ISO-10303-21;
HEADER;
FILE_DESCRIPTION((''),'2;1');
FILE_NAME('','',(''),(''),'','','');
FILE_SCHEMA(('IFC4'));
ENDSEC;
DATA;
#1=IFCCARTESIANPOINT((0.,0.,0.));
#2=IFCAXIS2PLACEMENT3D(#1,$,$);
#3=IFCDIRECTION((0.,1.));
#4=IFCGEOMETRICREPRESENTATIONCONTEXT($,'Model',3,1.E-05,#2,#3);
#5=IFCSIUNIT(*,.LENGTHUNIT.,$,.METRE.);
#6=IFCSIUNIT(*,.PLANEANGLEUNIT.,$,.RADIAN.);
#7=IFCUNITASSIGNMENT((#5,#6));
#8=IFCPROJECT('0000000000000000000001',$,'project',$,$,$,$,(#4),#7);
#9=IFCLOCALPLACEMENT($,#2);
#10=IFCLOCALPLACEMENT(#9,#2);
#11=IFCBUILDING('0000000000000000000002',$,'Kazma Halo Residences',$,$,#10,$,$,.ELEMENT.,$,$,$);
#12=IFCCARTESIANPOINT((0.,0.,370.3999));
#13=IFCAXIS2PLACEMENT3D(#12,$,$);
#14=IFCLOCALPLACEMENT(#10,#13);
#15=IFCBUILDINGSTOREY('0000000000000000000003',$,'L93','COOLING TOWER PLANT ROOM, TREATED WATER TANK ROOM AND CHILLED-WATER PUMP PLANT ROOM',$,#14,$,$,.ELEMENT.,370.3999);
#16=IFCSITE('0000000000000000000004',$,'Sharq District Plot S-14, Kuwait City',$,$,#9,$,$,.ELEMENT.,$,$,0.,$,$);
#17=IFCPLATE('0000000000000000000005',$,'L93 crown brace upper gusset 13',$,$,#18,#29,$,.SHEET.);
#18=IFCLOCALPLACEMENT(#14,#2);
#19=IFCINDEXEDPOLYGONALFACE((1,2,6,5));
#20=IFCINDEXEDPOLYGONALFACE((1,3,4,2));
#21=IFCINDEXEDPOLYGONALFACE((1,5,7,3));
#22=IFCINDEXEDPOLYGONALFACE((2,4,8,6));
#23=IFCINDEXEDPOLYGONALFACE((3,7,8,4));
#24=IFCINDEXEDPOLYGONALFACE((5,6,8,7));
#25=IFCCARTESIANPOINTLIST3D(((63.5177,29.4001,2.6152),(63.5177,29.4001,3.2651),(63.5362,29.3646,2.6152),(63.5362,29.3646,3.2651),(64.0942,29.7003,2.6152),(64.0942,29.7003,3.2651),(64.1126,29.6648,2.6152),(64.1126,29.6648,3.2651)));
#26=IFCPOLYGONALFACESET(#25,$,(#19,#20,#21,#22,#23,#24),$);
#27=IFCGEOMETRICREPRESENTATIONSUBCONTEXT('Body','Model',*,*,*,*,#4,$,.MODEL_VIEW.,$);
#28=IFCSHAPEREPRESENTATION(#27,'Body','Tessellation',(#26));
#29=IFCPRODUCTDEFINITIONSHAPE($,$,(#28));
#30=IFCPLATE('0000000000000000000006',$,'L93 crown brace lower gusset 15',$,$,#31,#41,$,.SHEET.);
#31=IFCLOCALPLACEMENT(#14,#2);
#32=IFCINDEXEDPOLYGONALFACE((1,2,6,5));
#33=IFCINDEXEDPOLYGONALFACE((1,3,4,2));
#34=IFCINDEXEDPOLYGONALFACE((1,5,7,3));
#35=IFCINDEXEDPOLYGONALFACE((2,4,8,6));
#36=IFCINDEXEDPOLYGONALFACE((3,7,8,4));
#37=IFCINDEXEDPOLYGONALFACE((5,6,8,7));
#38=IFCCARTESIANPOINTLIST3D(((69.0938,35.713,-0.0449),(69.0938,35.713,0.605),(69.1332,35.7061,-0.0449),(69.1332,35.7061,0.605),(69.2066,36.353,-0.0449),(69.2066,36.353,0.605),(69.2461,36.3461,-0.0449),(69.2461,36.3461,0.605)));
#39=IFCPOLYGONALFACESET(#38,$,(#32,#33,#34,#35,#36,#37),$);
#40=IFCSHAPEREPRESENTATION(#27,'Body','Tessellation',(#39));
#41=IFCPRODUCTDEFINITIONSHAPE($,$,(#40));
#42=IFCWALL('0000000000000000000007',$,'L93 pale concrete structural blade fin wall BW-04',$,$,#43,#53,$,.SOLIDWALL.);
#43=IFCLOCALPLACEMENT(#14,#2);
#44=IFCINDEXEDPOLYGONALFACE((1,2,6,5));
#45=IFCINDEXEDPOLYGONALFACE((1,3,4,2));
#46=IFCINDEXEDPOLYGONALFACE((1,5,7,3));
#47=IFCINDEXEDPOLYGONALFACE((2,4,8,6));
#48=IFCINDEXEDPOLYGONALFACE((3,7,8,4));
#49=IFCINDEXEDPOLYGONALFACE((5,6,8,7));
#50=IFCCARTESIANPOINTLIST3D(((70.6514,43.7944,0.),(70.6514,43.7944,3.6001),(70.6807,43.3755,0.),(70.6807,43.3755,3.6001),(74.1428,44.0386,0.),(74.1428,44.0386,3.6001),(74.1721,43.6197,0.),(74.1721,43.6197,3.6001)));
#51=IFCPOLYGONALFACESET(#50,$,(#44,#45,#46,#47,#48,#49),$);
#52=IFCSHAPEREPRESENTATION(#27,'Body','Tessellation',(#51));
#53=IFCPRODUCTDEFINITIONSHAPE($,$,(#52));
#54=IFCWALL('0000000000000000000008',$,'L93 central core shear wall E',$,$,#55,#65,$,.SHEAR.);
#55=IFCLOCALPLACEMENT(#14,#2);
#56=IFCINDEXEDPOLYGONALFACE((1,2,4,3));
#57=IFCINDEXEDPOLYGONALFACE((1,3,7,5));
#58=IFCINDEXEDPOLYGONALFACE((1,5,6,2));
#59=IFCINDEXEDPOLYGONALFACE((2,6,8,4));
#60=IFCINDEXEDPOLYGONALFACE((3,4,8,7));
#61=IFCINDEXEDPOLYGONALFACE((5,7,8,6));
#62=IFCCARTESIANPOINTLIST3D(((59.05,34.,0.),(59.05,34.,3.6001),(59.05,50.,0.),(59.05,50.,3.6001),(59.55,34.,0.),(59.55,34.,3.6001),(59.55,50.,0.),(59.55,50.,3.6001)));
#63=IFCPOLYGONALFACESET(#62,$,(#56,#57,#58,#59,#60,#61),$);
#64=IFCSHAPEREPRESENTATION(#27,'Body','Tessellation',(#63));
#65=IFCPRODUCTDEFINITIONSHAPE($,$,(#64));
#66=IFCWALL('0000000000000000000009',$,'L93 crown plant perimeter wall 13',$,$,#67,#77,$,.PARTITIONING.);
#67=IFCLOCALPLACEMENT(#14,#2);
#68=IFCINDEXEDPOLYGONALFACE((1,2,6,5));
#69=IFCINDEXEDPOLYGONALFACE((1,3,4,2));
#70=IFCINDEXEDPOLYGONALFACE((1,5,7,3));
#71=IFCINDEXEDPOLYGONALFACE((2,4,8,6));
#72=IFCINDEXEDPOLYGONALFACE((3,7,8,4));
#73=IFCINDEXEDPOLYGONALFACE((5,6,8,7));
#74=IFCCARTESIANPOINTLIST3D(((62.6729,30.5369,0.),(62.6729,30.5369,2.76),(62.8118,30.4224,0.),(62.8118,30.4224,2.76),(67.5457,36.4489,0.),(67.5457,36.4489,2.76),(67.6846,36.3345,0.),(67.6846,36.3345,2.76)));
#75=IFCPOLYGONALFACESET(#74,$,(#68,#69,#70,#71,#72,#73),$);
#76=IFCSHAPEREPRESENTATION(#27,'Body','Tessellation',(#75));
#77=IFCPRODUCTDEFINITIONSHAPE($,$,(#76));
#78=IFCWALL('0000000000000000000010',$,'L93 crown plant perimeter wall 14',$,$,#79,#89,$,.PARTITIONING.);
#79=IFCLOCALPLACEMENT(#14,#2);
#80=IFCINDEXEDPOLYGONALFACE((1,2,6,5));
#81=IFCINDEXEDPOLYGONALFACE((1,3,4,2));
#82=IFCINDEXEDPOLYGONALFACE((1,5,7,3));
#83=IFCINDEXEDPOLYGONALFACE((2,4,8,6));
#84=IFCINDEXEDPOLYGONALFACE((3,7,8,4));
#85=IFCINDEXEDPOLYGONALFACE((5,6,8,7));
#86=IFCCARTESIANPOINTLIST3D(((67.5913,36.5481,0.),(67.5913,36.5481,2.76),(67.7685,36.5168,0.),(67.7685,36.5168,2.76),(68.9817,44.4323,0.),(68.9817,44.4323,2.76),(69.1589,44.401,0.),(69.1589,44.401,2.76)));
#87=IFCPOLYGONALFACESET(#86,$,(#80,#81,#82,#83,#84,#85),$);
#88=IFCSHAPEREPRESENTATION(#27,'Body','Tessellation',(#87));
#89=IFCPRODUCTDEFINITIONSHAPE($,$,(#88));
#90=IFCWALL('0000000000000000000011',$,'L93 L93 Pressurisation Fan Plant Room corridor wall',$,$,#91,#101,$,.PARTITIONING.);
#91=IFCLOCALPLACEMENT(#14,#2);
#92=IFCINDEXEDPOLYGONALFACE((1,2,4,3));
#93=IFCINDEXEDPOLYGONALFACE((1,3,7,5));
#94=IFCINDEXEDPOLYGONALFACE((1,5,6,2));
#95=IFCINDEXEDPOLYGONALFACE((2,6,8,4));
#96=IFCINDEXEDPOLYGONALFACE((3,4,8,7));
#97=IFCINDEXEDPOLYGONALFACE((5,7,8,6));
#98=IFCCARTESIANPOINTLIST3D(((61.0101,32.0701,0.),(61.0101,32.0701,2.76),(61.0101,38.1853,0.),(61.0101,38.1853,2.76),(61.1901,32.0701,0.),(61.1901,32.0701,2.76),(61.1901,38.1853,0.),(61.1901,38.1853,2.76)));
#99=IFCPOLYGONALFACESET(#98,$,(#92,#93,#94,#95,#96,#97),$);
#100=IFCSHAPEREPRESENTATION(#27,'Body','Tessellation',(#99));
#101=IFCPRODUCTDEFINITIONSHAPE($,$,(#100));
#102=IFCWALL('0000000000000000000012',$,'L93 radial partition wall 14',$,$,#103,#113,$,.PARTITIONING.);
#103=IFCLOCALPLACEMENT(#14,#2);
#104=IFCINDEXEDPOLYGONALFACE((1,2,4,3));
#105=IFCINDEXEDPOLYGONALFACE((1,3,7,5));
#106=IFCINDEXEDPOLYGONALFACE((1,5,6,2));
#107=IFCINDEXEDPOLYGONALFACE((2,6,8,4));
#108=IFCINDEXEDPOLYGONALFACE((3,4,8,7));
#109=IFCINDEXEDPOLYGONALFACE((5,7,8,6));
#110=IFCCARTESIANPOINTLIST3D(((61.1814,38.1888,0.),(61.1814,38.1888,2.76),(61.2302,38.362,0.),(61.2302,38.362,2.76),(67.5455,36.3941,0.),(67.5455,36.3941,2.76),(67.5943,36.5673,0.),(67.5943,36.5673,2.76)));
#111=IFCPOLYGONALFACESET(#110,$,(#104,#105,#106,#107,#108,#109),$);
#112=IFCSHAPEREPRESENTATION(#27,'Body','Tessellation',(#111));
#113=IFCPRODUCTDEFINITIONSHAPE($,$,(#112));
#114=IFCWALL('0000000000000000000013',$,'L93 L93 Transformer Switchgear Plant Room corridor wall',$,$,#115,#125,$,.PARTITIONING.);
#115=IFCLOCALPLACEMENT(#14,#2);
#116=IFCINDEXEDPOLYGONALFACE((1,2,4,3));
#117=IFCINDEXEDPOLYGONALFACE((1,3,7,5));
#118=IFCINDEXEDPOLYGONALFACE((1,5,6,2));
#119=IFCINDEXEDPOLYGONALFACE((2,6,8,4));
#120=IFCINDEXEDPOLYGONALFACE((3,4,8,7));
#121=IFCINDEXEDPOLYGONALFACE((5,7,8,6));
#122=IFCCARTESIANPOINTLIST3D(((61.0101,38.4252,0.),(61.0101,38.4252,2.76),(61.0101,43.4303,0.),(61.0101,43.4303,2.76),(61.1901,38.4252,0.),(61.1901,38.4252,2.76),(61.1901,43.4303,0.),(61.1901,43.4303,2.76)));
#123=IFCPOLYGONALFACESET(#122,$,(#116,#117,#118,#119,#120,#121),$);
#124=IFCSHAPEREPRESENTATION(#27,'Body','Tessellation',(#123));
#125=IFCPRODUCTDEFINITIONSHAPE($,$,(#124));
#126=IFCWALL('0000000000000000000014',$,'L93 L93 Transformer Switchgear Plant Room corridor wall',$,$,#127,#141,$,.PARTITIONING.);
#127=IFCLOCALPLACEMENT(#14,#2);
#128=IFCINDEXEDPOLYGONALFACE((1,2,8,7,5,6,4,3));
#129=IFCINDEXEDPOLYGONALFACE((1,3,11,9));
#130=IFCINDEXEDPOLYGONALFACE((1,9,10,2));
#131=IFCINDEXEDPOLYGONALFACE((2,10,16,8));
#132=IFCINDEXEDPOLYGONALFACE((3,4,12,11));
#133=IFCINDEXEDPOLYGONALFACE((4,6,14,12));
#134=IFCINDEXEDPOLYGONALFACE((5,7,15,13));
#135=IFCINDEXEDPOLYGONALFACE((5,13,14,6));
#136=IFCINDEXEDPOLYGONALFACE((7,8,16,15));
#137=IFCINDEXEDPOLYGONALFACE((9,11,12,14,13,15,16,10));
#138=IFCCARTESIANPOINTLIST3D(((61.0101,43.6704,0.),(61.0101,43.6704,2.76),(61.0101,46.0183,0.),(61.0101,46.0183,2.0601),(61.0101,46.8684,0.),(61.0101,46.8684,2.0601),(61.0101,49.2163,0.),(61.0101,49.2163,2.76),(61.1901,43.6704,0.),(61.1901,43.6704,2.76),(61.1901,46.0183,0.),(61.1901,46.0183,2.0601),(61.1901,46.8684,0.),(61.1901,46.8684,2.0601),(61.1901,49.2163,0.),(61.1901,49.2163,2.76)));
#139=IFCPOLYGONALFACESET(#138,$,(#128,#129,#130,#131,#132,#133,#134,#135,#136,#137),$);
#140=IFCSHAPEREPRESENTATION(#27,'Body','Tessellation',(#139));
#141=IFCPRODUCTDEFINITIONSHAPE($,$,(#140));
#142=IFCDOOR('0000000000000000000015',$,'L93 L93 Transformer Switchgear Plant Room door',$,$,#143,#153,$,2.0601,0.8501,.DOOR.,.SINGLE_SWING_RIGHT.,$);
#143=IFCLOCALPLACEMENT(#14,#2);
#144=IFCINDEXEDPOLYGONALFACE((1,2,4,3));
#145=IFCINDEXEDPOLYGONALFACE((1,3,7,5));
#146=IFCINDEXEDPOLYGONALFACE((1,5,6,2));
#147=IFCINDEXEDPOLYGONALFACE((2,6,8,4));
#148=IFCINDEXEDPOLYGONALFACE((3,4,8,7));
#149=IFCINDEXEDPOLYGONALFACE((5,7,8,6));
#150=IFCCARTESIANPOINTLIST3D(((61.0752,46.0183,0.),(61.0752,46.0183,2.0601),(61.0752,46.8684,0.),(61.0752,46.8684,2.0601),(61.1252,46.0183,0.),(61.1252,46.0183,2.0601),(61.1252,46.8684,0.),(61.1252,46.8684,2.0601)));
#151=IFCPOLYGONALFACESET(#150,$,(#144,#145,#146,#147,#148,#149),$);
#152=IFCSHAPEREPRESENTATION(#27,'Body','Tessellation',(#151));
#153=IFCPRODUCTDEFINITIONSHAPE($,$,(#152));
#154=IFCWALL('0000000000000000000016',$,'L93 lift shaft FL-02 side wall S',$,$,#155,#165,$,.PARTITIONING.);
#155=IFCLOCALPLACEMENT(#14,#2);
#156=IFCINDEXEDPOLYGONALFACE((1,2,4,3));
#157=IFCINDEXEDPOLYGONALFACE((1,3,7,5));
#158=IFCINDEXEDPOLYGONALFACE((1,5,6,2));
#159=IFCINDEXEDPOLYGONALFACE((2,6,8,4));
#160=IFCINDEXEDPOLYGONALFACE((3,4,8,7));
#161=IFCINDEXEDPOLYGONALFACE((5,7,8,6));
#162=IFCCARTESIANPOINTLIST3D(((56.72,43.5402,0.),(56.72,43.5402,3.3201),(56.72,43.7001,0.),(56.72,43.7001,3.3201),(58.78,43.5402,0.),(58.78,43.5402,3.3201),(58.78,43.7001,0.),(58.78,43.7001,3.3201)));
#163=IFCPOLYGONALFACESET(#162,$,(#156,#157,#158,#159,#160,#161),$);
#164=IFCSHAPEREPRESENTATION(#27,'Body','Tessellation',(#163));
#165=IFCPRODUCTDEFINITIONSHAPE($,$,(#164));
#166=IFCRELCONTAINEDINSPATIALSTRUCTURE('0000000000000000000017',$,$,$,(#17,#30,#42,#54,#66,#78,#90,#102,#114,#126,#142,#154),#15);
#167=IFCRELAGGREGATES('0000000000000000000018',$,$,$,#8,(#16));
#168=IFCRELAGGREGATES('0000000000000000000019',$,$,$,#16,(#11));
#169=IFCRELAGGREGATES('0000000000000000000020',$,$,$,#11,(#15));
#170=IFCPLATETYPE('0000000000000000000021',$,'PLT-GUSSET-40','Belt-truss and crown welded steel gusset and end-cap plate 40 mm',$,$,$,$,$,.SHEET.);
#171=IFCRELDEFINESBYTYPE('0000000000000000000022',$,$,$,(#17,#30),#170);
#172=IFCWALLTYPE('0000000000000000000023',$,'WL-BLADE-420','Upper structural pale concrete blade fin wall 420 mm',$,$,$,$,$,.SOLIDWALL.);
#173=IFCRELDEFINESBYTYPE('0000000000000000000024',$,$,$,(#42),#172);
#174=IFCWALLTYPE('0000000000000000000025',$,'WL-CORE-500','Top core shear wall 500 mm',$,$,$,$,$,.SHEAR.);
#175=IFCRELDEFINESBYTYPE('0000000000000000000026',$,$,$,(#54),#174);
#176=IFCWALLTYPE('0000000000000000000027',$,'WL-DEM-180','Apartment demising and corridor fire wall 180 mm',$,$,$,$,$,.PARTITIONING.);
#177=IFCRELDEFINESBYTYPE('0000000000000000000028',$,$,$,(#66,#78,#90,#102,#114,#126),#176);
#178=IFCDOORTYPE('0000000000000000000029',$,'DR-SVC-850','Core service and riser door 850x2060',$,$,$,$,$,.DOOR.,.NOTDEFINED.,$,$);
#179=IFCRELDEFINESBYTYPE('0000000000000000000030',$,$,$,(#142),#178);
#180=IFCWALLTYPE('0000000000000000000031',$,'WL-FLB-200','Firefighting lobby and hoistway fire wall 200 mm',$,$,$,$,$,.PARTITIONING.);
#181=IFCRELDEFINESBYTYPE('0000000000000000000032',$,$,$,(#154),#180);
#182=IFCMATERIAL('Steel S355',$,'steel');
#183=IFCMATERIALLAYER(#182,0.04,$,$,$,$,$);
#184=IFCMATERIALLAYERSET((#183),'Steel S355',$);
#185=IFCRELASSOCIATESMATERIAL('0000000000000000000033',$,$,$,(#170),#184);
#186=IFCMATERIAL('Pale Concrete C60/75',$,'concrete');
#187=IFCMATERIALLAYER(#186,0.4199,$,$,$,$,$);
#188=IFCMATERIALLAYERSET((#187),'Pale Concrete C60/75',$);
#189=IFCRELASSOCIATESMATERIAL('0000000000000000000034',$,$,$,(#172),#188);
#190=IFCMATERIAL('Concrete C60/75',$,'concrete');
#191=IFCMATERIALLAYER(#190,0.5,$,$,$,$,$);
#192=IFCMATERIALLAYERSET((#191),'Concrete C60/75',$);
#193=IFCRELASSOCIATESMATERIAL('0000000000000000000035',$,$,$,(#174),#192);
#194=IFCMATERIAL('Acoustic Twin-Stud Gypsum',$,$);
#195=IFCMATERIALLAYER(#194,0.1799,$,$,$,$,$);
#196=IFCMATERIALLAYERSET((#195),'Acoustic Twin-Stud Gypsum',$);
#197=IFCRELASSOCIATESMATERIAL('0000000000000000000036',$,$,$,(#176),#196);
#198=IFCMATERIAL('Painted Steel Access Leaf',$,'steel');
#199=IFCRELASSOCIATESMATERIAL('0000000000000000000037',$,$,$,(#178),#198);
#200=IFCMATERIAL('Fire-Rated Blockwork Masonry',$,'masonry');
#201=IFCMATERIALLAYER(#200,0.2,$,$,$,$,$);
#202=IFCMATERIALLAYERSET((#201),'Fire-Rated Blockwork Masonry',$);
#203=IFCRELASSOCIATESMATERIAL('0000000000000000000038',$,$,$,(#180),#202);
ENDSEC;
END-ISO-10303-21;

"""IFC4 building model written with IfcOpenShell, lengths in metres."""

from ifc_helpers import new_model, si_unit, direction, frame, frame_2d, origin, origin_2d, place, context, subcontext, project, spatial, rectangle, extrude, material, layer, layer_set, type_object, element, fill, save


model = new_model("IFC4")

# Units and contexts
model_context = context("Model", 3, precision=1e-05, world=origin(), true_north=direction((0.0, 1.0)))
body_context = subcontext(model_context, "Body", "Model", "MODEL_VIEW")
ifc_project = project(units=[si_unit("LENGTHUNIT", "METRE"), si_unit("PLANEANGLEUNIT", "RADIAN")], contexts=[model_context])

# Site, building, storey
site_placement = place(None, origin())
site = spatial("IfcSite", under=ifc_project, at=site_placement, Name="Sharq District Plot S-14, Kuwait City", CompositionType="ELEMENT", RefElevation=0.0)
building_placement = place(site_placement, origin())
building = spatial("IfcBuilding", under=site, at=building_placement, Name="Kazma Halo Residences", CompositionType="ELEMENT")
storey_placement = place(building_placement, frame((0.0, 0.0, 370.3999)))
storey = spatial("IfcBuildingStorey", under=building, at=storey_placement, Name="L93", Description="COOLING TOWER PLANT ROOM, TREATED WATER TANK ROOM AND CHILLED-WATER PUMP PLANT ROOM", CompositionType="ELEMENT", Elevation=370.3999)

# Shared definitions
ifc_material_1 = material(Name="Steel S355", Category="steel")

# Plates
ifc_layer_1 = layer(ifc_material_1, 0.04)
ifc_layer_set_1 = layer_set([ifc_layer_1], Name="Steel S355")
plate_type_1 = type_object("IfcPlateType", Name="PLT-GUSSET-40", Description="Belt-truss and crown welded steel gusset and end-cap plate 40 mm", PredefinedType="SHEET", material=ifc_layer_set_1)
for number, where, z_axis, x_axis, name in (
    (1, (63.8152, 29.5325, 2.6152), (0.0, 0.0, 1.0), (0.88695, 0.461866, 0.0), "L93 crown brace upper gusset 13"),
    (2, (69.1699, 36.0295, -0.0449), (0.0, 0.0, 1.0), (0.173656, 0.984806, 0.0), "L93 crown brace lower gusset 15"),
):
    element("IfcPlate", number, at=place(storey_placement, frame(where, z_axis=z_axis, x_axis=x_axis)), inside=storey, type_object=plate_type_1, Name=name, PredefinedType="SHEET", context=body_context, shape_type="SweptSolid", body=[
        extrude(rectangle(XDim=0.6499, YDim=0.04, at=origin_2d()), origin(), (0.0, 0.0, 1.0), 0.6499),
    ])

# Walls
ifc_material_2 = material(Name="Pale Concrete C60/75", Category="concrete")
ifc_layer_2 = layer(ifc_material_2, 0.4199)
ifc_layer_set_2 = layer_set([ifc_layer_2], Name="Pale Concrete C60/75")
wall_type_1 = type_object("IfcWallType", Name="WL-BLADE-420", Description="Upper structural pale concrete blade fin wall 420 mm", PredefinedType="SOLIDWALL", material=ifc_layer_set_2)
wall_1_placement = place(storey_placement, frame((70.666, 43.585, 0.0), z_axis=(0.0, 0.0, 1.0), x_axis=(0.997564, 0.069755, 0.0)))
element("IfcWall", 3, at=wall_1_placement, inside=storey, type_object=wall_type_1, Name="L93 pale concrete structural blade fin wall BW-04", PredefinedType="SOLIDWALL", context=body_context, shape_type="SweptSolid", body=[
    extrude(rectangle(XDim=3.5, YDim=0.4199, at=frame_2d((1.75, 0.0))), origin(), (0.0, 0.0, 1.0), 3.6001),
])
ifc_material_3 = material(Name="Concrete C60/75", Category="concrete")
ifc_layer_3 = layer(ifc_material_3, 0.5)
ifc_layer_set_3 = layer_set([ifc_layer_3], Name="Concrete C60/75")
wall_type_2 = type_object("IfcWallType", Name="WL-CORE-500", Description="Top core shear wall 500 mm", PredefinedType="SHEAR", material=ifc_layer_set_3)
wall_2_placement = place(storey_placement, frame((59.3, 34.0, 0.0), z_axis=(0.0, 0.0, 1.0), x_axis=(0.0, 1.0, 0.0)))
element("IfcWall", 4, at=wall_2_placement, inside=storey, type_object=wall_type_2, Name="L93 central core shear wall E", PredefinedType="SHEAR", context=body_context, shape_type="SweptSolid", body=[
    extrude(rectangle(XDim=16.0, YDim=0.5, at=frame_2d((8.0, 0.0))), origin(), (0.0, 0.0, 1.0), 3.6001),
])
ifc_material_4 = material(Name="Acoustic Twin-Stud Gypsum")
ifc_layer_4 = layer(ifc_material_4, 0.1799)
ifc_layer_set_4 = layer_set([ifc_layer_4], Name="Acoustic Twin-Stud Gypsum")
wall_type_3 = type_object("IfcWallType", Name="WL-DEM-180", Description="Apartment demising and corridor fire wall 180 mm", PredefinedType="PARTITIONING", material=ifc_layer_set_4)
wall_3_placement = place(storey_placement, frame((62.7424, 30.4797, 0.0), z_axis=(0.0, 0.0, 1.0), x_axis=(0.636019, 0.771674, 0.0)))
element("IfcWall", 5, at=wall_3_placement, inside=storey, type_object=wall_type_3, Name="L93 crown plant perimeter wall 13", PredefinedType="PARTITIONING", context=body_context, shape_type="SweptSolid", body=[
    extrude(rectangle(XDim=7.6614, YDim=0.1799, at=frame_2d((3.8306, 0.0))), origin(), (0.0, 0.0, 1.0), 2.76),
])
wall_4_placement = place(storey_placement, frame((67.6799, 36.5325, 0.0), z_axis=(0.0, 0.0, 1.0), x_axis=(0.173669, 0.984804, 0.0)))
element("IfcWall", 6, at=wall_4_placement, inside=storey, type_object=wall_type_3, Name="L93 crown plant perimeter wall 14", PredefinedType="PARTITIONING", context=body_context, shape_type="SweptSolid", body=[
    extrude(rectangle(XDim=8.0059, YDim=0.1799, at=frame_2d((4.0029, 0.0))), origin(), (0.0, 0.0, 1.0), 2.76),
])
wall_5_placement = place(storey_placement, frame((61.1001, 32.0701, 0.0), z_axis=(0.0, 0.0, 1.0), x_axis=(0.0, 1.0, 0.0)))
element("IfcWall", 7, at=wall_5_placement, inside=storey, type_object=wall_type_3, Name="L93 L93 Pressurisation Fan Plant Room corridor wall", PredefinedType="PARTITIONING", context=body_context, shape_type="SweptSolid", body=[
    extrude(rectangle(XDim=6.1152, YDim=0.1799, at=frame_2d((3.0576, 0.0))), origin(), (0.0, 0.0, 1.0), 2.76),
])
wall_6_placement = place(storey_placement, frame((61.2058, 38.2754, 0.0), z_axis=(0.0, 0.0, 1.0), x_axis=(0.962462, -0.271418, 0.0)))
element("IfcWall", 8, at=wall_6_placement, inside=storey, type_object=wall_type_3, Name="L93 radial partition wall 14", PredefinedType="PARTITIONING", context=body_context, shape_type="SweptSolid", body=[
    extrude(rectangle(XDim=6.6123, YDim=0.1799, at=frame_2d((3.3062, 0.0))), origin(), (0.0, 0.0, 1.0), 2.76),
])
wall_7_placement = place(storey_placement, frame((61.1001, 38.4253, 0.0), z_axis=(0.0, 0.0, 1.0), x_axis=(0.0, 1.0, 0.0)))
element("IfcWall", 9, at=wall_7_placement, inside=storey, type_object=wall_type_3, Name="L93 L93 Transformer Switchgear Plant Room corridor wall", PredefinedType="PARTITIONING", context=body_context, shape_type="SweptSolid", body=[
    extrude(rectangle(XDim=5.0051, YDim=0.1799, at=frame_2d((2.5024, 0.0))), origin(), (0.0, 0.0, 1.0), 2.76),
])

# Wall, opening, door
wall_8_placement = place(storey_placement, frame((61.1001, 43.6704, 0.0), z_axis=(0.0, 0.0, 1.0), x_axis=(0.0, 1.0, 0.0)))
wall_8 = element("IfcWall", 10, at=wall_8_placement, inside=storey, type_object=wall_type_3, Name="L93 L93 Transformer Switchgear Plant Room corridor wall", PredefinedType="PARTITIONING", context=body_context, shape_type="SweptSolid", body=[
    extrude(rectangle(XDim=5.5459, YDim=0.1799, at=frame_2d((2.7729, 0.0))), origin(), (0.0, 0.0, 1.0), 2.76),
])
opening_placement = place(wall_8_placement, frame((2.3479, 0.0, 0.0)))
opening = element("IfcOpeningElement", 11, at=opening_placement, cuts=wall_8, PredefinedType="OPENING", context=body_context, shape_type="SweptSolid", body=[
    extrude(rectangle(XDim=0.8501, YDim=2.0601, at=frame_2d((0.425, 1.03))), frame((0.0, 0.0999, 0.0), z_axis=(0.0, -1.0, 0.0), x_axis=(1.0, 0.0, 0.0)), (0.0, 0.0, 1.0), 0.2),
])
ifc_material_5 = material(Name="Painted Steel Access Leaf", Category="steel")
door_type = type_object("IfcDoorType", Name="DR-SVC-850", Description="Core service and riser door 850x2060", OperationType="NOTDEFINED", PredefinedType="DOOR", material=ifc_material_5)
door_placement = place(opening_placement, origin())
door = element("IfcDoor", 12, at=door_placement, inside=storey, type_object=door_type, Name="L93 L93 Transformer Switchgear Plant Room door", OperationType="SINGLE_SWING_RIGHT", OverallHeight=2.0601, OverallWidth=0.8501, PredefinedType="DOOR", context=body_context, shape_type="SweptSolid", body=[
    extrude(rectangle(XDim=0.8501, YDim=2.0601, at=frame_2d((0.425, 1.03))), frame((0.0, 0.0249, 0.0), z_axis=(0.0, -1.0, 0.0), x_axis=(1.0, 0.0, 0.0)), (0.0, 0.0, 1.0), 0.05),
])
fill(opening, door)

# Wall
ifc_material_6 = material(Name="Fire-Rated Blockwork Masonry", Category="masonry")
ifc_layer_5 = layer(ifc_material_6, 0.2)
ifc_layer_set_5 = layer_set([ifc_layer_5], Name="Fire-Rated Blockwork Masonry")
wall_type_4 = type_object("IfcWallType", Name="WL-FLB-200", Description="Firefighting lobby and hoistway fire wall 200 mm", PredefinedType="PARTITIONING", material=ifc_layer_set_5)
wall_9_placement = place(storey_placement, frame((56.72, 43.6201, 0.0), z_axis=(0.0, 0.0, 1.0), x_axis=(1.0, 0.0, 0.0)))
element("IfcWall", 13, at=wall_9_placement, inside=storey, type_object=wall_type_4, Name="L93 lift shaft FL-02 side wall S", PredefinedType="PARTITIONING", context=body_context, shape_type="SweptSolid", body=[
    extrude(rectangle(XDim=2.0601, YDim=0.1599, at=frame_2d((1.03, 0.0))), origin(), (0.0, 0.0, 1.0), 3.3201),
])

save(model, "model.ifc")
